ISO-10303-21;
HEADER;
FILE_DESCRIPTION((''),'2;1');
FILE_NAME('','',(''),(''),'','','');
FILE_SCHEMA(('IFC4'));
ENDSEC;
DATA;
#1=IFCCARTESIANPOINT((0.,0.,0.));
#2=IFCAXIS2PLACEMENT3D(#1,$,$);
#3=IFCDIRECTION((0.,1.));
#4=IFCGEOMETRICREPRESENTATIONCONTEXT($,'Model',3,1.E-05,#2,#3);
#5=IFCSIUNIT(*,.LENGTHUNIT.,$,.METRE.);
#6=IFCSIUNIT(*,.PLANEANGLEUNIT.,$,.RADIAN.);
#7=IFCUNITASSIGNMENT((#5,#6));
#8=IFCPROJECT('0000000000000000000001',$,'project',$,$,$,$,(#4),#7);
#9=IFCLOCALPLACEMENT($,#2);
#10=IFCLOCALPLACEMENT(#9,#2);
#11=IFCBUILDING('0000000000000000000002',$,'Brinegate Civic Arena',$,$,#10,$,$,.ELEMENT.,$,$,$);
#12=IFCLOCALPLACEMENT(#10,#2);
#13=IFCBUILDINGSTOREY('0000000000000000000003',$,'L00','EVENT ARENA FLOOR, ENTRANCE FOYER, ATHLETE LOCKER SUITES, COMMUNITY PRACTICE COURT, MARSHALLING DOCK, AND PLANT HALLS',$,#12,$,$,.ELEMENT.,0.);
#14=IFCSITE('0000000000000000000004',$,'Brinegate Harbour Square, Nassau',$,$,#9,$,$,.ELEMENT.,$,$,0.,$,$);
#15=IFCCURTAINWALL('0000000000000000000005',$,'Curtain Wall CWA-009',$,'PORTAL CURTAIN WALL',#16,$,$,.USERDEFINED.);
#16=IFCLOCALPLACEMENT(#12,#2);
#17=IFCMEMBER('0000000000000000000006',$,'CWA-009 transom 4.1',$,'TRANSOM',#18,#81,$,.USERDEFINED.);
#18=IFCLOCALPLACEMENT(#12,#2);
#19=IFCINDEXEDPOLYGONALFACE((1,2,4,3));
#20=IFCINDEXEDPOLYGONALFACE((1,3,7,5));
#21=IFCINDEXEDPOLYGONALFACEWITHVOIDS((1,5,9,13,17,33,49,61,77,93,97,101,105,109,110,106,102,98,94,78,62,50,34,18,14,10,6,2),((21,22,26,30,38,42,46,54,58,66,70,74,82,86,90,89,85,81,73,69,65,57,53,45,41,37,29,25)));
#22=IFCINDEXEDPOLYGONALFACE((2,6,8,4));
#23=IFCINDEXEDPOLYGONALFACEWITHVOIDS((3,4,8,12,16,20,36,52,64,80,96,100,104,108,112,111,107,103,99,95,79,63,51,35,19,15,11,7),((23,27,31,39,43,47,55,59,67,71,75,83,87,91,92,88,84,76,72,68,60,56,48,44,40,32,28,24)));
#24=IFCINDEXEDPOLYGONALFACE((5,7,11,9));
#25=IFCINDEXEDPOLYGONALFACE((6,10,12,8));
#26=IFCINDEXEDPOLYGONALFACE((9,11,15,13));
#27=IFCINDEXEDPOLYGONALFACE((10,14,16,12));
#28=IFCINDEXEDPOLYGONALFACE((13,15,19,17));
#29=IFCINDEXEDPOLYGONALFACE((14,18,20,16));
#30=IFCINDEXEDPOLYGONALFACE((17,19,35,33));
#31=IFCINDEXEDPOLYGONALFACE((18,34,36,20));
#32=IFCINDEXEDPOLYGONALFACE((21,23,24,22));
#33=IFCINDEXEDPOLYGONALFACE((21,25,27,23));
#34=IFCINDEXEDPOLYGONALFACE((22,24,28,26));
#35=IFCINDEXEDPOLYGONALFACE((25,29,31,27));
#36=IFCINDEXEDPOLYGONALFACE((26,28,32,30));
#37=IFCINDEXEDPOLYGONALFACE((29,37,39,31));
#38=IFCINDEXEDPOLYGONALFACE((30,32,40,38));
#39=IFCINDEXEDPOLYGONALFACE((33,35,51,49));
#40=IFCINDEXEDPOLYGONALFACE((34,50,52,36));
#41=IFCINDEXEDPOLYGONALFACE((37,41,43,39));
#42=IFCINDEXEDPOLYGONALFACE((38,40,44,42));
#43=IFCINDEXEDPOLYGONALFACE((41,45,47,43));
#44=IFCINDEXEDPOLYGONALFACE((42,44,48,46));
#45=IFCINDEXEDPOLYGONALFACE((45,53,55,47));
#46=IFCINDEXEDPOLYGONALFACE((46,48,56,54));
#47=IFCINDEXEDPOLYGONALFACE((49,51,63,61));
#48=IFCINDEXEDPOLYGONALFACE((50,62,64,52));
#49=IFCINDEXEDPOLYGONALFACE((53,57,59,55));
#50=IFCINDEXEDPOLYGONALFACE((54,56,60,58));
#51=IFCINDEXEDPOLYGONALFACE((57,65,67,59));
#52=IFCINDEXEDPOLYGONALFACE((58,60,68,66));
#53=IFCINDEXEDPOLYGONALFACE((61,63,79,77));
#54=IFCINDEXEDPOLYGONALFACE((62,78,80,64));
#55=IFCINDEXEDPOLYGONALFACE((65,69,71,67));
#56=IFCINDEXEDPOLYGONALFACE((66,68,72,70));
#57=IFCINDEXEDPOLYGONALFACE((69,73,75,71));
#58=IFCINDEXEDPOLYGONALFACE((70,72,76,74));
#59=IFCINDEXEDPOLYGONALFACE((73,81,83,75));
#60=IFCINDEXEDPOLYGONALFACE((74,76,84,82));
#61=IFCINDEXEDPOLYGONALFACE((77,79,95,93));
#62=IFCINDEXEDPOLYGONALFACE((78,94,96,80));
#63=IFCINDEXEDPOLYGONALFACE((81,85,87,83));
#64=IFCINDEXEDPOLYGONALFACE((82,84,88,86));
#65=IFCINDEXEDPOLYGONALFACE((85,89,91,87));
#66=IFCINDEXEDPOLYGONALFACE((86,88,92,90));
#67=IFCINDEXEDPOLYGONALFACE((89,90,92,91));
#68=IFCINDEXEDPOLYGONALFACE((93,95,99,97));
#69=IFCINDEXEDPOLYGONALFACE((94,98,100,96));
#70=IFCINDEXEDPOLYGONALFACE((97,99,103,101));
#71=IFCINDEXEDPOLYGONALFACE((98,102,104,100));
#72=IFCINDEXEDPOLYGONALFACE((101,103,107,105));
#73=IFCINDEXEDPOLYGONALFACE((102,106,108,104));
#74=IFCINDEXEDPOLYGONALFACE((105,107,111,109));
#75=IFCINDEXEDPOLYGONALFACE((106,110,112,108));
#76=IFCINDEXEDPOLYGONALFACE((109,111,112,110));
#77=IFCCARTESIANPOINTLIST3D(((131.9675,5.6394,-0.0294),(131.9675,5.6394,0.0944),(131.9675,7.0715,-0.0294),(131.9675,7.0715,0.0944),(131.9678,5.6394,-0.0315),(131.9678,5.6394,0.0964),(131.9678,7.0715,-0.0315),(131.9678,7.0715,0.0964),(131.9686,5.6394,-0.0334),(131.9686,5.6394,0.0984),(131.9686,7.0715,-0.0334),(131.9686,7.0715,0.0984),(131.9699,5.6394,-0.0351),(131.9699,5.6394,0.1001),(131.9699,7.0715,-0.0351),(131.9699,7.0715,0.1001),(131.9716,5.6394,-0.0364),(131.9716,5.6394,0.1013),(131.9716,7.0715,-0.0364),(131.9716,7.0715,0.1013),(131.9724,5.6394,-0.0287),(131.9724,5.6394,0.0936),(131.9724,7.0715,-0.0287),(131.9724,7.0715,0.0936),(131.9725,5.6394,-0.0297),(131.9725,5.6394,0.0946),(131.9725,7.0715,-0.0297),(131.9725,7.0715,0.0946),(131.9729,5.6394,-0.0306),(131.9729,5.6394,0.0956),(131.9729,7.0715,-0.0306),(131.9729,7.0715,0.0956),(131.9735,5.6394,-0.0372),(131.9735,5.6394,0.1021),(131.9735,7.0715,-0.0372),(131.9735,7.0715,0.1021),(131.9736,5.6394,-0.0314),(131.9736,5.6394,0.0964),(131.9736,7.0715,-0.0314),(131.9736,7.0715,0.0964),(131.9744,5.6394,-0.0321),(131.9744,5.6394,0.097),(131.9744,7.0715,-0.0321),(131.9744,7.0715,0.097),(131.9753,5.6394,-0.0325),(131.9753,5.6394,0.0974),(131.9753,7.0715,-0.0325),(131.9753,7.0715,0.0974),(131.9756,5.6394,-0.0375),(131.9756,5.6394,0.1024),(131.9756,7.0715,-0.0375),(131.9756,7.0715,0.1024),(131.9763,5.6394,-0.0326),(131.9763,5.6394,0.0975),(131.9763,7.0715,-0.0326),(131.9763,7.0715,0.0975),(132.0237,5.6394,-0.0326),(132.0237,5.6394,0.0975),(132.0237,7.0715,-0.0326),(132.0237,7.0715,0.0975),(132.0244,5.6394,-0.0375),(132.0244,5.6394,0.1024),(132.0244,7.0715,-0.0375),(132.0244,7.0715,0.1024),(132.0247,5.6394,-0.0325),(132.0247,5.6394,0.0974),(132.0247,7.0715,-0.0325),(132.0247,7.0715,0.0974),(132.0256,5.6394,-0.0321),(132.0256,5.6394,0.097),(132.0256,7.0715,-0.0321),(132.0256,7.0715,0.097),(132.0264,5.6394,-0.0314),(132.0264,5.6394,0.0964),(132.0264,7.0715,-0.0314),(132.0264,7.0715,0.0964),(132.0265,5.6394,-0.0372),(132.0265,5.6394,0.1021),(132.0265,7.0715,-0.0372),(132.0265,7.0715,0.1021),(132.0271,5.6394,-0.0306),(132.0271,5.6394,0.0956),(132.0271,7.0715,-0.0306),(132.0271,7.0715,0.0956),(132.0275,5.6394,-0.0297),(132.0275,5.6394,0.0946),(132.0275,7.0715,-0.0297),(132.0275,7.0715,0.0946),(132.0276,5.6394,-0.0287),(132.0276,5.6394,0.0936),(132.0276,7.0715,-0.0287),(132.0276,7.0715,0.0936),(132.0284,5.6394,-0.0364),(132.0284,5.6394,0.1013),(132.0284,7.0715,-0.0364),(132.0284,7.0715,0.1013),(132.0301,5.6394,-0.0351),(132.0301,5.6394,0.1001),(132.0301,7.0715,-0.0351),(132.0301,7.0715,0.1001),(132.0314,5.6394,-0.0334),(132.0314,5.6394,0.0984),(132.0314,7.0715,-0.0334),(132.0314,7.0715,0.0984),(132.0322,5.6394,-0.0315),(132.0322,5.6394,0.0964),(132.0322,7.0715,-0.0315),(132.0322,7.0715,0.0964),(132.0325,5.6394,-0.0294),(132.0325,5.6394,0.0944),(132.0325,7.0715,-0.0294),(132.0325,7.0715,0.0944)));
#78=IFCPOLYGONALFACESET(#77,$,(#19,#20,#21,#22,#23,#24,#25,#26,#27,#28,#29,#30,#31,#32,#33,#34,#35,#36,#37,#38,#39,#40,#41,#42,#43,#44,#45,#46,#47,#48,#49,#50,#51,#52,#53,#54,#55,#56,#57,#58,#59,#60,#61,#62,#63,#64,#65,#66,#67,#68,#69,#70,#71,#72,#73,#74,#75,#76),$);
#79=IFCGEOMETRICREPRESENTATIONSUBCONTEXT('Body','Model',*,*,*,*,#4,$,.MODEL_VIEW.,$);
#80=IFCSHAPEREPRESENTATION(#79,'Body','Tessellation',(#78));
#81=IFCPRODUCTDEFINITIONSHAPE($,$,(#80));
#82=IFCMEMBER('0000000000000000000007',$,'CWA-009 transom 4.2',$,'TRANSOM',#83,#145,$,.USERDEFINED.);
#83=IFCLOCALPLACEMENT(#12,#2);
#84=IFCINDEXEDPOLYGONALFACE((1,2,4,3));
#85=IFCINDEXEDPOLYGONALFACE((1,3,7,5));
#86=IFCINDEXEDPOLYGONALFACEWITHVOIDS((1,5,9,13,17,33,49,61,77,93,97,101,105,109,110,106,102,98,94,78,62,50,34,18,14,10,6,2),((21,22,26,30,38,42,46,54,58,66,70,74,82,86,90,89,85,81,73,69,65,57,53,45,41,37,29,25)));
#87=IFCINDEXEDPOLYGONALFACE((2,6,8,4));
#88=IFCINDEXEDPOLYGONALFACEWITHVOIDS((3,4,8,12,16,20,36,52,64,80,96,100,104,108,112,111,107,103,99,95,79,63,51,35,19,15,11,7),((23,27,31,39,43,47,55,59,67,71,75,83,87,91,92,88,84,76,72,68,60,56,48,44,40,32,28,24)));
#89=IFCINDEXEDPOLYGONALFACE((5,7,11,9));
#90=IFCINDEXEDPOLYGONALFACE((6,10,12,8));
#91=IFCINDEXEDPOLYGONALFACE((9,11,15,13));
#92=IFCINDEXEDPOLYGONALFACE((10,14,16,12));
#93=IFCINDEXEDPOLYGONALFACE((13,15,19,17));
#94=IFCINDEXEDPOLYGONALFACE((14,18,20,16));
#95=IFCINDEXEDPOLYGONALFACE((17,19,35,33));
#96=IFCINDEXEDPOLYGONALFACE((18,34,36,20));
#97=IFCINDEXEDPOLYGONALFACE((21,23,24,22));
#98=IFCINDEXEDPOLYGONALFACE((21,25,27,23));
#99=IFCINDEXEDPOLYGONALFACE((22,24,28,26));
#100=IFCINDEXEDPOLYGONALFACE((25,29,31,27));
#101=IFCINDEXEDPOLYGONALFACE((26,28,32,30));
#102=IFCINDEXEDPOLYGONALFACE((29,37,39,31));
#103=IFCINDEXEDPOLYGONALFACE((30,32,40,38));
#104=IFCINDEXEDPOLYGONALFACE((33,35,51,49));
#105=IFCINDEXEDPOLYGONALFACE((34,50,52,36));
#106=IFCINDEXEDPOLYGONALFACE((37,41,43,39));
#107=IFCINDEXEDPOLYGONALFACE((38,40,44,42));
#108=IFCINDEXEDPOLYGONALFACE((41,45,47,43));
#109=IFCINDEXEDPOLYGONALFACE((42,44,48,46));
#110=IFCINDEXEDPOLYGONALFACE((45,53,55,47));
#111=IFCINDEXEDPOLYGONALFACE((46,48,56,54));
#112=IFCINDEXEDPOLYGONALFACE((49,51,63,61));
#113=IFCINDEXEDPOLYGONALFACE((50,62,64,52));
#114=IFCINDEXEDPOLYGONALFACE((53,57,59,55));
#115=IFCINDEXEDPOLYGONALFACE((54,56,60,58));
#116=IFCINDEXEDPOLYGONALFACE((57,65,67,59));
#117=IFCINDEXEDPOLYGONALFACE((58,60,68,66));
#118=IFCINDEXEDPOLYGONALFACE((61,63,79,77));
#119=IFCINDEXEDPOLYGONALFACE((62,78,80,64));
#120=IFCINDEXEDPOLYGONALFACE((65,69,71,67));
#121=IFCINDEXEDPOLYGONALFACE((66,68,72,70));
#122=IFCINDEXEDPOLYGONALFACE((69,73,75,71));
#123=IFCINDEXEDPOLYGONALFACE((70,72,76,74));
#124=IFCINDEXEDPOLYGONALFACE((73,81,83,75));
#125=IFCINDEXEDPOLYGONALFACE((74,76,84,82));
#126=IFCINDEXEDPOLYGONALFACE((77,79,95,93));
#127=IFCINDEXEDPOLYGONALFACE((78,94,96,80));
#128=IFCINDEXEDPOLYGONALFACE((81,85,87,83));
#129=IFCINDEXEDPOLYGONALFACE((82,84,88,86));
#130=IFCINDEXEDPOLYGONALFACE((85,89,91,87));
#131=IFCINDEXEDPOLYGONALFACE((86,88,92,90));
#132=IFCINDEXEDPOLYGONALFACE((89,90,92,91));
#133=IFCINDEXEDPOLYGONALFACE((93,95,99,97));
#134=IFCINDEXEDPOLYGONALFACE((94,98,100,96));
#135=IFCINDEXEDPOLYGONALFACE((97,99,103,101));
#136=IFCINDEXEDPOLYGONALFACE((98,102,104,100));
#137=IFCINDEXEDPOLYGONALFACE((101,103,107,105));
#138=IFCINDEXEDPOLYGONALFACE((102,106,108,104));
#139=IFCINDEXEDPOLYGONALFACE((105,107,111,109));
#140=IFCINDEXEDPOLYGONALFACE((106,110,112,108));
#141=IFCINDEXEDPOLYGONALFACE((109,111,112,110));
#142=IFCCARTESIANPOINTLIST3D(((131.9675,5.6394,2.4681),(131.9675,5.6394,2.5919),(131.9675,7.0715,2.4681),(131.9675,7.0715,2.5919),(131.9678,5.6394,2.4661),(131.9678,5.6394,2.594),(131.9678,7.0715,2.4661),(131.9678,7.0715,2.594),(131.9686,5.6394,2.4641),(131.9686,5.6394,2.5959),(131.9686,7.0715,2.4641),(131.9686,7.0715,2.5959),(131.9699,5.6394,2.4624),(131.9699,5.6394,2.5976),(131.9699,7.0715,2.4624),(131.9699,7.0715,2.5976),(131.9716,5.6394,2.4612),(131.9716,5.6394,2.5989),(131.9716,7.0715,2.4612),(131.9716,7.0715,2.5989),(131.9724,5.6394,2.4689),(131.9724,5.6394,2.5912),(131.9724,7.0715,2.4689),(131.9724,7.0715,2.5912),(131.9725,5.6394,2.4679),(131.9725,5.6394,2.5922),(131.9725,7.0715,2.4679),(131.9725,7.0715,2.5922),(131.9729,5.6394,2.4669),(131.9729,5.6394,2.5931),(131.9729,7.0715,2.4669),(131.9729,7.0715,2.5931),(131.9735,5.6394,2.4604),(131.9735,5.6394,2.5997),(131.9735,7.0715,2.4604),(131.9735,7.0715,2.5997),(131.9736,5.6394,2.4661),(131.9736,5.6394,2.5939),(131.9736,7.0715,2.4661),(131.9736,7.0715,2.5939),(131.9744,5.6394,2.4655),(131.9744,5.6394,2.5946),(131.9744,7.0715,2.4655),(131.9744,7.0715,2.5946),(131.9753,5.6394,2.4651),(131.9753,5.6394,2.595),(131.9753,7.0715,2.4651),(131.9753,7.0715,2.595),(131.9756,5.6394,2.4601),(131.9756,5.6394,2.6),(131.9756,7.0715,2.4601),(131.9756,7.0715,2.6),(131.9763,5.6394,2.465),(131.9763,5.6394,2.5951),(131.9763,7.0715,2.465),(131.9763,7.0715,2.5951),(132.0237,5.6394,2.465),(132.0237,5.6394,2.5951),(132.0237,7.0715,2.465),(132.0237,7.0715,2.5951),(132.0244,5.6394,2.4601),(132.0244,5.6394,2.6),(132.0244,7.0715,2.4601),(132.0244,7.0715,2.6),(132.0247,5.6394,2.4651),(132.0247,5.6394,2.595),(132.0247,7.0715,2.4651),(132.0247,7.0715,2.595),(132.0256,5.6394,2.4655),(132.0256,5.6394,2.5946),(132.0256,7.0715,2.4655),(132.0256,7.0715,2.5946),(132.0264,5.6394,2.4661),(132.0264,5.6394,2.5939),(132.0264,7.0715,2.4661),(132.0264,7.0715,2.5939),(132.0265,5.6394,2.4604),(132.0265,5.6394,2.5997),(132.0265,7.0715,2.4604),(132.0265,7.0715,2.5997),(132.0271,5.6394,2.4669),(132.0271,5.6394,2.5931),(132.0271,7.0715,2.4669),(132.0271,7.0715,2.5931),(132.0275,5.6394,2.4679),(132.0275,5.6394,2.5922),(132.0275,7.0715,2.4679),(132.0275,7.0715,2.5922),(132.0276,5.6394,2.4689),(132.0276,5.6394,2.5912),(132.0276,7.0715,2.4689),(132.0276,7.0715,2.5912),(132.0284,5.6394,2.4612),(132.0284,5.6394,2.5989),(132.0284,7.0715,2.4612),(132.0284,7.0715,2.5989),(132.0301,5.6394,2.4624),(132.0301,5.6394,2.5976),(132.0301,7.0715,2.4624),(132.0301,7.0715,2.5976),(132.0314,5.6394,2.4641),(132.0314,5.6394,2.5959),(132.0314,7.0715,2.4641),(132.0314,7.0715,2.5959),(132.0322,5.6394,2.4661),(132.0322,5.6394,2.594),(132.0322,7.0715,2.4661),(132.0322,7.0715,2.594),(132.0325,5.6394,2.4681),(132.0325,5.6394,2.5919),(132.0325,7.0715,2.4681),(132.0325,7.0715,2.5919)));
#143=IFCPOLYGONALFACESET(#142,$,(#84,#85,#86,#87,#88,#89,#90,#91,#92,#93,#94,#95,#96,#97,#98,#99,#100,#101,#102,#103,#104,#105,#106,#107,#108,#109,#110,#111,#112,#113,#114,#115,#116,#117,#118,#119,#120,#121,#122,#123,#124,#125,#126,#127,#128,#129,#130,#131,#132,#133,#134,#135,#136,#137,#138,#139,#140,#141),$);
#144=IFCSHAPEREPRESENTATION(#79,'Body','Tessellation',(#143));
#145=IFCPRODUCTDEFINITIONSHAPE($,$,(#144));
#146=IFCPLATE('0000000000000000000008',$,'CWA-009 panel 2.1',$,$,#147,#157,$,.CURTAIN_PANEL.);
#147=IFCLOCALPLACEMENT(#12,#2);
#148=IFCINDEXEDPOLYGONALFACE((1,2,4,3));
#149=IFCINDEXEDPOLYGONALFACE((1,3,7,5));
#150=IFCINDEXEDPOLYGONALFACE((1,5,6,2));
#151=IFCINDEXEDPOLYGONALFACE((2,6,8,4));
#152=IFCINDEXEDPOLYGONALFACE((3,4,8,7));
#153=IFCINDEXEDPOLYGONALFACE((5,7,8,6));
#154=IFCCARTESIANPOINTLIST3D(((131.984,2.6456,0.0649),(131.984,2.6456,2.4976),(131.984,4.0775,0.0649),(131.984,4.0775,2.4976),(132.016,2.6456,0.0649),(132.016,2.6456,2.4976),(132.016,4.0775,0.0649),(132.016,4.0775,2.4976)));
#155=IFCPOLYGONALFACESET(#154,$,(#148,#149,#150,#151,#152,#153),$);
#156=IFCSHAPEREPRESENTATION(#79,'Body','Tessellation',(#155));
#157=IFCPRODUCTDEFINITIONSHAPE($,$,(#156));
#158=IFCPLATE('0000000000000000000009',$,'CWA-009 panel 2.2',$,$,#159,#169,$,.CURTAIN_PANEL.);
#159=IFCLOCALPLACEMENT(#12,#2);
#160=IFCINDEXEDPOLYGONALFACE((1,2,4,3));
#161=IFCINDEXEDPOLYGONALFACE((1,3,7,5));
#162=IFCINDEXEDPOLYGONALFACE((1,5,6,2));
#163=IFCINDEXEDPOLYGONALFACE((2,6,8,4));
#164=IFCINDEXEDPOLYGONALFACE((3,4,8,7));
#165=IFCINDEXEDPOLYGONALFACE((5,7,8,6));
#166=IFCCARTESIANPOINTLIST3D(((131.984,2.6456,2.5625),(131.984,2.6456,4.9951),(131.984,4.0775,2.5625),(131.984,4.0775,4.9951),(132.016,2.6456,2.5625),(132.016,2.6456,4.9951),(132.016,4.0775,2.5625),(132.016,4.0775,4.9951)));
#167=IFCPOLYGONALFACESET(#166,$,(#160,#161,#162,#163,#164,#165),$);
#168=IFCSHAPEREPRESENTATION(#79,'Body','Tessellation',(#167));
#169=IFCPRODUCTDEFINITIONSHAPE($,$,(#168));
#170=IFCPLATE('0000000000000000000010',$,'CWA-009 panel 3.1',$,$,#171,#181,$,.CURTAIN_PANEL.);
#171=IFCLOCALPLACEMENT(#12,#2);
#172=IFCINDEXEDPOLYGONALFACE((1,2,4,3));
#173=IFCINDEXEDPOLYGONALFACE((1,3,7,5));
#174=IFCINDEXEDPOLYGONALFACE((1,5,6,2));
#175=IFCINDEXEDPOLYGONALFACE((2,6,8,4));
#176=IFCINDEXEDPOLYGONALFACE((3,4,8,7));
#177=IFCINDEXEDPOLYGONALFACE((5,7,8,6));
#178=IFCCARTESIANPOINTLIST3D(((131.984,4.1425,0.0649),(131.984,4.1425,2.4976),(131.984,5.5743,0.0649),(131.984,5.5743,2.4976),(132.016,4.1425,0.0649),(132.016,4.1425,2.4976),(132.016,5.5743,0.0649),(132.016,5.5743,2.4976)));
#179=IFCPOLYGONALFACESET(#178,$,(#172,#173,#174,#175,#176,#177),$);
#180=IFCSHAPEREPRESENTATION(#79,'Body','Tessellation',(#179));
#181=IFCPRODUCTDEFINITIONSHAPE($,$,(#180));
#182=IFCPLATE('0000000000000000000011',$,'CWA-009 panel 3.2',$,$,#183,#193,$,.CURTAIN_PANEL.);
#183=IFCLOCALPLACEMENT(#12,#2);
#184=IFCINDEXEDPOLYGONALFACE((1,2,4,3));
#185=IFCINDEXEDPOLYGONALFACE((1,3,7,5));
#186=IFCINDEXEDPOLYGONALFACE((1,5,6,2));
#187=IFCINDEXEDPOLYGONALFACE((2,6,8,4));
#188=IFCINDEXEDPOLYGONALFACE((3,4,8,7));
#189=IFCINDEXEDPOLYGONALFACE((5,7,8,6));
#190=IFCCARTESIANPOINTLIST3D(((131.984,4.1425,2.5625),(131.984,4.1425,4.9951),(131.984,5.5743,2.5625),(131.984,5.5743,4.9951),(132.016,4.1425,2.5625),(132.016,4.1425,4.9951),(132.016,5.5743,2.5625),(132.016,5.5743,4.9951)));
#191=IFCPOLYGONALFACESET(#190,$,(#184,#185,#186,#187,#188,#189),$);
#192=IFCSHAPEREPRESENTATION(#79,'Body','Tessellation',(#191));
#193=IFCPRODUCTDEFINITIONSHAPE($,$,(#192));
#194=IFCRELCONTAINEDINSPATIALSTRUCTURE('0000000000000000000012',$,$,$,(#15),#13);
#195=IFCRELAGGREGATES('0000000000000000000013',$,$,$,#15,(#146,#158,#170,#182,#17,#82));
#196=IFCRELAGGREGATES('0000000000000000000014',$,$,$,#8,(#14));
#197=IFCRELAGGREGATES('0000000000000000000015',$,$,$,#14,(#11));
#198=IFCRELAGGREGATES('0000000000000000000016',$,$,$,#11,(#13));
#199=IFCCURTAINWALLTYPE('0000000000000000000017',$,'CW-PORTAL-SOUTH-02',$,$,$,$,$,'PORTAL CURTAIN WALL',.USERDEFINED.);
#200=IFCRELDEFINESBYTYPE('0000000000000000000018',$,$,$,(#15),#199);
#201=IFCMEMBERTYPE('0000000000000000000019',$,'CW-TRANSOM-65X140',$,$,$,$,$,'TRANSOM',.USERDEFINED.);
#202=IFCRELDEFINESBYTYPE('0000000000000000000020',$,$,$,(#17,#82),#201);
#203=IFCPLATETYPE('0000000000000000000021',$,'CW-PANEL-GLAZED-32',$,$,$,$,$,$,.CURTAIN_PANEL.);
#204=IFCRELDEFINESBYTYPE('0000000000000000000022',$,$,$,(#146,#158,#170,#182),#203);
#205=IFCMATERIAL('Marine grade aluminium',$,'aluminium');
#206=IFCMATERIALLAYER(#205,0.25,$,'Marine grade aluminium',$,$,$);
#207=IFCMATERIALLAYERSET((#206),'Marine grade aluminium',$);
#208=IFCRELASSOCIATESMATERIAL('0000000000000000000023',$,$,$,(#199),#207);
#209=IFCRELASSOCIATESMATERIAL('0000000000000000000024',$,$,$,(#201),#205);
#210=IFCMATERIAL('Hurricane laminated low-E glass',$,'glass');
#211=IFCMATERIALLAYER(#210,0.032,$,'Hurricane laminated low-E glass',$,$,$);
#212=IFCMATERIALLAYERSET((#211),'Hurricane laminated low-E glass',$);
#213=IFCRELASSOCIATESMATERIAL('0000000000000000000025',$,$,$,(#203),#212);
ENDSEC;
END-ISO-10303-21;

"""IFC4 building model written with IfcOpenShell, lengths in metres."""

from ifc_helpers import new_model, si_unit, direction, frame, origin, origin_2d, place, context, subcontext, project, spatial, rectangle, hollow_rectangle, extrude, material, layer, layer_set, material_profile, profile_set, type_object, element, aggregate, save


model = new_model("IFC4")

# Units and contexts
model_context = context("Model", 3, precision=1e-05, world=origin(), true_north=direction((0.0, 1.0)))
body_context = subcontext(model_context, "Body", "Model", "MODEL_VIEW")
ifc_project = project(units=[si_unit("LENGTHUNIT", "METRE"), si_unit("PLANEANGLEUNIT", "RADIAN")], contexts=[model_context])

# Site, building, storey
site_placement = place(None, origin())
site = spatial("IfcSite", under=ifc_project, at=site_placement, Name="Brinegate Harbour Square, Nassau", CompositionType="ELEMENT", RefElevation=0.0)
building_placement = place(site_placement, origin())
building = spatial("IfcBuilding", under=site, at=building_placement, Name="Brinegate Civic Arena", CompositionType="ELEMENT")
storey_placement = place(building_placement, origin())
storey = spatial("IfcBuildingStorey", under=building, at=storey_placement, Name="L00", Description="EVENT ARENA FLOOR, ENTRANCE FOYER, ATHLETE LOCKER SUITES, COMMUNITY PRACTICE COURT, MARSHALLING DOCK, AND PLANT HALLS", CompositionType="ELEMENT", Elevation=0.0)

# Curtain wall, members, plates
ifc_material_1 = material(Name="Marine grade aluminium", Category="aluminium")
ifc_layer_1 = layer(ifc_material_1, 0.25, Name="Marine grade aluminium")
ifc_layer_set_1 = layer_set([ifc_layer_1], Name="Marine grade aluminium")
curtain_wall_type = type_object("IfcCurtainWallType", Name="CW-PORTAL-SOUTH-02", ElementType="PORTAL CURTAIN WALL", PredefinedType="USERDEFINED", material=ifc_layer_set_1)
curtain_wall_placement = place(storey_placement, origin())
curtain_wall = element("IfcCurtainWall", 1, at=curtain_wall_placement, inside=storey, type_object=curtain_wall_type, Name="Curtain Wall CWA-009", ObjectType="PORTAL CURTAIN WALL", PredefinedType="USERDEFINED")
ifc_material_profile_1 = material_profile(ifc_material_1, hollow_rectangle(XDim=0.0649, YDim=0.1399, WallThickness=0.0049, InnerFilletRadius=0.0039, OuterFilletRadius=0.0081, at=origin_2d()), Name="TRN65X140")
ifc_profile_set_1 = profile_set([ifc_material_profile_1], Name="Marine grade aluminium")
member_type_1 = type_object("IfcMemberType", Name="CW-TRANSOM-65X140", ElementType="TRANSOM", PredefinedType="USERDEFINED", material=ifc_profile_set_1)
member_1_placement = place(storey_placement, frame((132.0, 5.6394, 0.0325), z_axis=(0.0, 1.0, 0.0), x_axis=(-1.0, 0.0, 0.0)))
member_1 = element("IfcMember", 2, at=member_1_placement, type_object=member_type_1, Name="CWA-009 transom 4.1", ObjectType="TRANSOM", PredefinedType="USERDEFINED", context=body_context, shape_type="SweptSolid", body=[
    extrude(hollow_rectangle(XDim=0.0649, YDim=0.1399, WallThickness=0.0049, InnerFilletRadius=0.0039, OuterFilletRadius=0.0081, at=origin_2d()), origin(), (0.0, 0.0, 1.0), 1.4321),
])
member_2_placement = place(storey_placement, frame((132.0, 5.6394, 2.53), z_axis=(0.0, 1.0, 0.0), x_axis=(-1.0, 0.0, 0.0)))
member_2 = element("IfcMember", 3, at=member_2_placement, type_object=member_type_1, Name="CWA-009 transom 4.2", ObjectType="TRANSOM", PredefinedType="USERDEFINED", context=body_context, shape_type="SweptSolid", body=[
    extrude(hollow_rectangle(XDim=0.0649, YDim=0.1399, WallThickness=0.0049, InnerFilletRadius=0.0039, OuterFilletRadius=0.0081, at=origin_2d()), origin(), (0.0, 0.0, 1.0), 1.4321),
])
ifc_material_2 = material(Name="Hurricane laminated low-E glass", Category="glass")
ifc_layer_2 = layer(ifc_material_2, 0.032, Name="Hurricane laminated low-E glass")
ifc_layer_set_2 = layer_set([ifc_layer_2], Name="Hurricane laminated low-E glass")
plate_type = type_object("IfcPlateType", Name="CW-PANEL-GLAZED-32", PredefinedType="CURTAIN_PANEL", material=ifc_layer_set_2)
plate_1_placement = place(storey_placement, frame((132.0, 3.3616, 0.0649), z_axis=(0.0, 0.0, 1.0), x_axis=(0.0, 1.0, 0.0)))
plate_1 = element("IfcPlate", 4, at=plate_1_placement, type_object=plate_type, Name="CWA-009 panel 2.1", PredefinedType="CURTAIN_PANEL", context=body_context, shape_type="SweptSolid", body=[
    extrude(rectangle(XDim=1.4319, YDim=0.032, at=origin_2d()), origin(), (0.0, 0.0, 1.0), 2.4326),
])
plate_2_placement = place(storey_placement, frame((132.0, 3.3616, 2.5625), z_axis=(0.0, 0.0, 1.0), x_axis=(0.0, 1.0, 0.0)))
plate_2 = element("IfcPlate", 5, at=plate_2_placement, type_object=plate_type, Name="CWA-009 panel 2.2", PredefinedType="CURTAIN_PANEL", context=body_context, shape_type="SweptSolid", body=[
    extrude(rectangle(XDim=1.4319, YDim=0.032, at=origin_2d()), origin(), (0.0, 0.0, 1.0), 2.4326),
])
plate_3_placement = place(storey_placement, frame((132.0, 4.8584, 0.0649), z_axis=(0.0, 0.0, 1.0), x_axis=(0.0, 1.0, 0.0)))
plate_3 = element("IfcPlate", 6, at=plate_3_placement, type_object=plate_type, Name="CWA-009 panel 3.1", PredefinedType="CURTAIN_PANEL", context=body_context, shape_type="SweptSolid", body=[
    extrude(rectangle(XDim=1.4319, YDim=0.032, at=origin_2d()), origin(), (0.0, 0.0, 1.0), 2.4326),
])
plate_4_placement = place(storey_placement, frame((132.0, 4.8584, 2.5625), z_axis=(0.0, 0.0, 1.0), x_axis=(0.0, 1.0, 0.0)))
plate_4 = element("IfcPlate", 7, at=plate_4_placement, type_object=plate_type, Name="CWA-009 panel 3.2", PredefinedType="CURTAIN_PANEL", context=body_context, shape_type="SweptSolid", body=[
    extrude(rectangle(XDim=1.4319, YDim=0.032, at=origin_2d()), origin(), (0.0, 0.0, 1.0), 2.4326),
])
aggregate(curtain_wall, [plate_1, plate_2, plate_3, plate_4, member_1, member_2])

save(model, "model.ifc")
